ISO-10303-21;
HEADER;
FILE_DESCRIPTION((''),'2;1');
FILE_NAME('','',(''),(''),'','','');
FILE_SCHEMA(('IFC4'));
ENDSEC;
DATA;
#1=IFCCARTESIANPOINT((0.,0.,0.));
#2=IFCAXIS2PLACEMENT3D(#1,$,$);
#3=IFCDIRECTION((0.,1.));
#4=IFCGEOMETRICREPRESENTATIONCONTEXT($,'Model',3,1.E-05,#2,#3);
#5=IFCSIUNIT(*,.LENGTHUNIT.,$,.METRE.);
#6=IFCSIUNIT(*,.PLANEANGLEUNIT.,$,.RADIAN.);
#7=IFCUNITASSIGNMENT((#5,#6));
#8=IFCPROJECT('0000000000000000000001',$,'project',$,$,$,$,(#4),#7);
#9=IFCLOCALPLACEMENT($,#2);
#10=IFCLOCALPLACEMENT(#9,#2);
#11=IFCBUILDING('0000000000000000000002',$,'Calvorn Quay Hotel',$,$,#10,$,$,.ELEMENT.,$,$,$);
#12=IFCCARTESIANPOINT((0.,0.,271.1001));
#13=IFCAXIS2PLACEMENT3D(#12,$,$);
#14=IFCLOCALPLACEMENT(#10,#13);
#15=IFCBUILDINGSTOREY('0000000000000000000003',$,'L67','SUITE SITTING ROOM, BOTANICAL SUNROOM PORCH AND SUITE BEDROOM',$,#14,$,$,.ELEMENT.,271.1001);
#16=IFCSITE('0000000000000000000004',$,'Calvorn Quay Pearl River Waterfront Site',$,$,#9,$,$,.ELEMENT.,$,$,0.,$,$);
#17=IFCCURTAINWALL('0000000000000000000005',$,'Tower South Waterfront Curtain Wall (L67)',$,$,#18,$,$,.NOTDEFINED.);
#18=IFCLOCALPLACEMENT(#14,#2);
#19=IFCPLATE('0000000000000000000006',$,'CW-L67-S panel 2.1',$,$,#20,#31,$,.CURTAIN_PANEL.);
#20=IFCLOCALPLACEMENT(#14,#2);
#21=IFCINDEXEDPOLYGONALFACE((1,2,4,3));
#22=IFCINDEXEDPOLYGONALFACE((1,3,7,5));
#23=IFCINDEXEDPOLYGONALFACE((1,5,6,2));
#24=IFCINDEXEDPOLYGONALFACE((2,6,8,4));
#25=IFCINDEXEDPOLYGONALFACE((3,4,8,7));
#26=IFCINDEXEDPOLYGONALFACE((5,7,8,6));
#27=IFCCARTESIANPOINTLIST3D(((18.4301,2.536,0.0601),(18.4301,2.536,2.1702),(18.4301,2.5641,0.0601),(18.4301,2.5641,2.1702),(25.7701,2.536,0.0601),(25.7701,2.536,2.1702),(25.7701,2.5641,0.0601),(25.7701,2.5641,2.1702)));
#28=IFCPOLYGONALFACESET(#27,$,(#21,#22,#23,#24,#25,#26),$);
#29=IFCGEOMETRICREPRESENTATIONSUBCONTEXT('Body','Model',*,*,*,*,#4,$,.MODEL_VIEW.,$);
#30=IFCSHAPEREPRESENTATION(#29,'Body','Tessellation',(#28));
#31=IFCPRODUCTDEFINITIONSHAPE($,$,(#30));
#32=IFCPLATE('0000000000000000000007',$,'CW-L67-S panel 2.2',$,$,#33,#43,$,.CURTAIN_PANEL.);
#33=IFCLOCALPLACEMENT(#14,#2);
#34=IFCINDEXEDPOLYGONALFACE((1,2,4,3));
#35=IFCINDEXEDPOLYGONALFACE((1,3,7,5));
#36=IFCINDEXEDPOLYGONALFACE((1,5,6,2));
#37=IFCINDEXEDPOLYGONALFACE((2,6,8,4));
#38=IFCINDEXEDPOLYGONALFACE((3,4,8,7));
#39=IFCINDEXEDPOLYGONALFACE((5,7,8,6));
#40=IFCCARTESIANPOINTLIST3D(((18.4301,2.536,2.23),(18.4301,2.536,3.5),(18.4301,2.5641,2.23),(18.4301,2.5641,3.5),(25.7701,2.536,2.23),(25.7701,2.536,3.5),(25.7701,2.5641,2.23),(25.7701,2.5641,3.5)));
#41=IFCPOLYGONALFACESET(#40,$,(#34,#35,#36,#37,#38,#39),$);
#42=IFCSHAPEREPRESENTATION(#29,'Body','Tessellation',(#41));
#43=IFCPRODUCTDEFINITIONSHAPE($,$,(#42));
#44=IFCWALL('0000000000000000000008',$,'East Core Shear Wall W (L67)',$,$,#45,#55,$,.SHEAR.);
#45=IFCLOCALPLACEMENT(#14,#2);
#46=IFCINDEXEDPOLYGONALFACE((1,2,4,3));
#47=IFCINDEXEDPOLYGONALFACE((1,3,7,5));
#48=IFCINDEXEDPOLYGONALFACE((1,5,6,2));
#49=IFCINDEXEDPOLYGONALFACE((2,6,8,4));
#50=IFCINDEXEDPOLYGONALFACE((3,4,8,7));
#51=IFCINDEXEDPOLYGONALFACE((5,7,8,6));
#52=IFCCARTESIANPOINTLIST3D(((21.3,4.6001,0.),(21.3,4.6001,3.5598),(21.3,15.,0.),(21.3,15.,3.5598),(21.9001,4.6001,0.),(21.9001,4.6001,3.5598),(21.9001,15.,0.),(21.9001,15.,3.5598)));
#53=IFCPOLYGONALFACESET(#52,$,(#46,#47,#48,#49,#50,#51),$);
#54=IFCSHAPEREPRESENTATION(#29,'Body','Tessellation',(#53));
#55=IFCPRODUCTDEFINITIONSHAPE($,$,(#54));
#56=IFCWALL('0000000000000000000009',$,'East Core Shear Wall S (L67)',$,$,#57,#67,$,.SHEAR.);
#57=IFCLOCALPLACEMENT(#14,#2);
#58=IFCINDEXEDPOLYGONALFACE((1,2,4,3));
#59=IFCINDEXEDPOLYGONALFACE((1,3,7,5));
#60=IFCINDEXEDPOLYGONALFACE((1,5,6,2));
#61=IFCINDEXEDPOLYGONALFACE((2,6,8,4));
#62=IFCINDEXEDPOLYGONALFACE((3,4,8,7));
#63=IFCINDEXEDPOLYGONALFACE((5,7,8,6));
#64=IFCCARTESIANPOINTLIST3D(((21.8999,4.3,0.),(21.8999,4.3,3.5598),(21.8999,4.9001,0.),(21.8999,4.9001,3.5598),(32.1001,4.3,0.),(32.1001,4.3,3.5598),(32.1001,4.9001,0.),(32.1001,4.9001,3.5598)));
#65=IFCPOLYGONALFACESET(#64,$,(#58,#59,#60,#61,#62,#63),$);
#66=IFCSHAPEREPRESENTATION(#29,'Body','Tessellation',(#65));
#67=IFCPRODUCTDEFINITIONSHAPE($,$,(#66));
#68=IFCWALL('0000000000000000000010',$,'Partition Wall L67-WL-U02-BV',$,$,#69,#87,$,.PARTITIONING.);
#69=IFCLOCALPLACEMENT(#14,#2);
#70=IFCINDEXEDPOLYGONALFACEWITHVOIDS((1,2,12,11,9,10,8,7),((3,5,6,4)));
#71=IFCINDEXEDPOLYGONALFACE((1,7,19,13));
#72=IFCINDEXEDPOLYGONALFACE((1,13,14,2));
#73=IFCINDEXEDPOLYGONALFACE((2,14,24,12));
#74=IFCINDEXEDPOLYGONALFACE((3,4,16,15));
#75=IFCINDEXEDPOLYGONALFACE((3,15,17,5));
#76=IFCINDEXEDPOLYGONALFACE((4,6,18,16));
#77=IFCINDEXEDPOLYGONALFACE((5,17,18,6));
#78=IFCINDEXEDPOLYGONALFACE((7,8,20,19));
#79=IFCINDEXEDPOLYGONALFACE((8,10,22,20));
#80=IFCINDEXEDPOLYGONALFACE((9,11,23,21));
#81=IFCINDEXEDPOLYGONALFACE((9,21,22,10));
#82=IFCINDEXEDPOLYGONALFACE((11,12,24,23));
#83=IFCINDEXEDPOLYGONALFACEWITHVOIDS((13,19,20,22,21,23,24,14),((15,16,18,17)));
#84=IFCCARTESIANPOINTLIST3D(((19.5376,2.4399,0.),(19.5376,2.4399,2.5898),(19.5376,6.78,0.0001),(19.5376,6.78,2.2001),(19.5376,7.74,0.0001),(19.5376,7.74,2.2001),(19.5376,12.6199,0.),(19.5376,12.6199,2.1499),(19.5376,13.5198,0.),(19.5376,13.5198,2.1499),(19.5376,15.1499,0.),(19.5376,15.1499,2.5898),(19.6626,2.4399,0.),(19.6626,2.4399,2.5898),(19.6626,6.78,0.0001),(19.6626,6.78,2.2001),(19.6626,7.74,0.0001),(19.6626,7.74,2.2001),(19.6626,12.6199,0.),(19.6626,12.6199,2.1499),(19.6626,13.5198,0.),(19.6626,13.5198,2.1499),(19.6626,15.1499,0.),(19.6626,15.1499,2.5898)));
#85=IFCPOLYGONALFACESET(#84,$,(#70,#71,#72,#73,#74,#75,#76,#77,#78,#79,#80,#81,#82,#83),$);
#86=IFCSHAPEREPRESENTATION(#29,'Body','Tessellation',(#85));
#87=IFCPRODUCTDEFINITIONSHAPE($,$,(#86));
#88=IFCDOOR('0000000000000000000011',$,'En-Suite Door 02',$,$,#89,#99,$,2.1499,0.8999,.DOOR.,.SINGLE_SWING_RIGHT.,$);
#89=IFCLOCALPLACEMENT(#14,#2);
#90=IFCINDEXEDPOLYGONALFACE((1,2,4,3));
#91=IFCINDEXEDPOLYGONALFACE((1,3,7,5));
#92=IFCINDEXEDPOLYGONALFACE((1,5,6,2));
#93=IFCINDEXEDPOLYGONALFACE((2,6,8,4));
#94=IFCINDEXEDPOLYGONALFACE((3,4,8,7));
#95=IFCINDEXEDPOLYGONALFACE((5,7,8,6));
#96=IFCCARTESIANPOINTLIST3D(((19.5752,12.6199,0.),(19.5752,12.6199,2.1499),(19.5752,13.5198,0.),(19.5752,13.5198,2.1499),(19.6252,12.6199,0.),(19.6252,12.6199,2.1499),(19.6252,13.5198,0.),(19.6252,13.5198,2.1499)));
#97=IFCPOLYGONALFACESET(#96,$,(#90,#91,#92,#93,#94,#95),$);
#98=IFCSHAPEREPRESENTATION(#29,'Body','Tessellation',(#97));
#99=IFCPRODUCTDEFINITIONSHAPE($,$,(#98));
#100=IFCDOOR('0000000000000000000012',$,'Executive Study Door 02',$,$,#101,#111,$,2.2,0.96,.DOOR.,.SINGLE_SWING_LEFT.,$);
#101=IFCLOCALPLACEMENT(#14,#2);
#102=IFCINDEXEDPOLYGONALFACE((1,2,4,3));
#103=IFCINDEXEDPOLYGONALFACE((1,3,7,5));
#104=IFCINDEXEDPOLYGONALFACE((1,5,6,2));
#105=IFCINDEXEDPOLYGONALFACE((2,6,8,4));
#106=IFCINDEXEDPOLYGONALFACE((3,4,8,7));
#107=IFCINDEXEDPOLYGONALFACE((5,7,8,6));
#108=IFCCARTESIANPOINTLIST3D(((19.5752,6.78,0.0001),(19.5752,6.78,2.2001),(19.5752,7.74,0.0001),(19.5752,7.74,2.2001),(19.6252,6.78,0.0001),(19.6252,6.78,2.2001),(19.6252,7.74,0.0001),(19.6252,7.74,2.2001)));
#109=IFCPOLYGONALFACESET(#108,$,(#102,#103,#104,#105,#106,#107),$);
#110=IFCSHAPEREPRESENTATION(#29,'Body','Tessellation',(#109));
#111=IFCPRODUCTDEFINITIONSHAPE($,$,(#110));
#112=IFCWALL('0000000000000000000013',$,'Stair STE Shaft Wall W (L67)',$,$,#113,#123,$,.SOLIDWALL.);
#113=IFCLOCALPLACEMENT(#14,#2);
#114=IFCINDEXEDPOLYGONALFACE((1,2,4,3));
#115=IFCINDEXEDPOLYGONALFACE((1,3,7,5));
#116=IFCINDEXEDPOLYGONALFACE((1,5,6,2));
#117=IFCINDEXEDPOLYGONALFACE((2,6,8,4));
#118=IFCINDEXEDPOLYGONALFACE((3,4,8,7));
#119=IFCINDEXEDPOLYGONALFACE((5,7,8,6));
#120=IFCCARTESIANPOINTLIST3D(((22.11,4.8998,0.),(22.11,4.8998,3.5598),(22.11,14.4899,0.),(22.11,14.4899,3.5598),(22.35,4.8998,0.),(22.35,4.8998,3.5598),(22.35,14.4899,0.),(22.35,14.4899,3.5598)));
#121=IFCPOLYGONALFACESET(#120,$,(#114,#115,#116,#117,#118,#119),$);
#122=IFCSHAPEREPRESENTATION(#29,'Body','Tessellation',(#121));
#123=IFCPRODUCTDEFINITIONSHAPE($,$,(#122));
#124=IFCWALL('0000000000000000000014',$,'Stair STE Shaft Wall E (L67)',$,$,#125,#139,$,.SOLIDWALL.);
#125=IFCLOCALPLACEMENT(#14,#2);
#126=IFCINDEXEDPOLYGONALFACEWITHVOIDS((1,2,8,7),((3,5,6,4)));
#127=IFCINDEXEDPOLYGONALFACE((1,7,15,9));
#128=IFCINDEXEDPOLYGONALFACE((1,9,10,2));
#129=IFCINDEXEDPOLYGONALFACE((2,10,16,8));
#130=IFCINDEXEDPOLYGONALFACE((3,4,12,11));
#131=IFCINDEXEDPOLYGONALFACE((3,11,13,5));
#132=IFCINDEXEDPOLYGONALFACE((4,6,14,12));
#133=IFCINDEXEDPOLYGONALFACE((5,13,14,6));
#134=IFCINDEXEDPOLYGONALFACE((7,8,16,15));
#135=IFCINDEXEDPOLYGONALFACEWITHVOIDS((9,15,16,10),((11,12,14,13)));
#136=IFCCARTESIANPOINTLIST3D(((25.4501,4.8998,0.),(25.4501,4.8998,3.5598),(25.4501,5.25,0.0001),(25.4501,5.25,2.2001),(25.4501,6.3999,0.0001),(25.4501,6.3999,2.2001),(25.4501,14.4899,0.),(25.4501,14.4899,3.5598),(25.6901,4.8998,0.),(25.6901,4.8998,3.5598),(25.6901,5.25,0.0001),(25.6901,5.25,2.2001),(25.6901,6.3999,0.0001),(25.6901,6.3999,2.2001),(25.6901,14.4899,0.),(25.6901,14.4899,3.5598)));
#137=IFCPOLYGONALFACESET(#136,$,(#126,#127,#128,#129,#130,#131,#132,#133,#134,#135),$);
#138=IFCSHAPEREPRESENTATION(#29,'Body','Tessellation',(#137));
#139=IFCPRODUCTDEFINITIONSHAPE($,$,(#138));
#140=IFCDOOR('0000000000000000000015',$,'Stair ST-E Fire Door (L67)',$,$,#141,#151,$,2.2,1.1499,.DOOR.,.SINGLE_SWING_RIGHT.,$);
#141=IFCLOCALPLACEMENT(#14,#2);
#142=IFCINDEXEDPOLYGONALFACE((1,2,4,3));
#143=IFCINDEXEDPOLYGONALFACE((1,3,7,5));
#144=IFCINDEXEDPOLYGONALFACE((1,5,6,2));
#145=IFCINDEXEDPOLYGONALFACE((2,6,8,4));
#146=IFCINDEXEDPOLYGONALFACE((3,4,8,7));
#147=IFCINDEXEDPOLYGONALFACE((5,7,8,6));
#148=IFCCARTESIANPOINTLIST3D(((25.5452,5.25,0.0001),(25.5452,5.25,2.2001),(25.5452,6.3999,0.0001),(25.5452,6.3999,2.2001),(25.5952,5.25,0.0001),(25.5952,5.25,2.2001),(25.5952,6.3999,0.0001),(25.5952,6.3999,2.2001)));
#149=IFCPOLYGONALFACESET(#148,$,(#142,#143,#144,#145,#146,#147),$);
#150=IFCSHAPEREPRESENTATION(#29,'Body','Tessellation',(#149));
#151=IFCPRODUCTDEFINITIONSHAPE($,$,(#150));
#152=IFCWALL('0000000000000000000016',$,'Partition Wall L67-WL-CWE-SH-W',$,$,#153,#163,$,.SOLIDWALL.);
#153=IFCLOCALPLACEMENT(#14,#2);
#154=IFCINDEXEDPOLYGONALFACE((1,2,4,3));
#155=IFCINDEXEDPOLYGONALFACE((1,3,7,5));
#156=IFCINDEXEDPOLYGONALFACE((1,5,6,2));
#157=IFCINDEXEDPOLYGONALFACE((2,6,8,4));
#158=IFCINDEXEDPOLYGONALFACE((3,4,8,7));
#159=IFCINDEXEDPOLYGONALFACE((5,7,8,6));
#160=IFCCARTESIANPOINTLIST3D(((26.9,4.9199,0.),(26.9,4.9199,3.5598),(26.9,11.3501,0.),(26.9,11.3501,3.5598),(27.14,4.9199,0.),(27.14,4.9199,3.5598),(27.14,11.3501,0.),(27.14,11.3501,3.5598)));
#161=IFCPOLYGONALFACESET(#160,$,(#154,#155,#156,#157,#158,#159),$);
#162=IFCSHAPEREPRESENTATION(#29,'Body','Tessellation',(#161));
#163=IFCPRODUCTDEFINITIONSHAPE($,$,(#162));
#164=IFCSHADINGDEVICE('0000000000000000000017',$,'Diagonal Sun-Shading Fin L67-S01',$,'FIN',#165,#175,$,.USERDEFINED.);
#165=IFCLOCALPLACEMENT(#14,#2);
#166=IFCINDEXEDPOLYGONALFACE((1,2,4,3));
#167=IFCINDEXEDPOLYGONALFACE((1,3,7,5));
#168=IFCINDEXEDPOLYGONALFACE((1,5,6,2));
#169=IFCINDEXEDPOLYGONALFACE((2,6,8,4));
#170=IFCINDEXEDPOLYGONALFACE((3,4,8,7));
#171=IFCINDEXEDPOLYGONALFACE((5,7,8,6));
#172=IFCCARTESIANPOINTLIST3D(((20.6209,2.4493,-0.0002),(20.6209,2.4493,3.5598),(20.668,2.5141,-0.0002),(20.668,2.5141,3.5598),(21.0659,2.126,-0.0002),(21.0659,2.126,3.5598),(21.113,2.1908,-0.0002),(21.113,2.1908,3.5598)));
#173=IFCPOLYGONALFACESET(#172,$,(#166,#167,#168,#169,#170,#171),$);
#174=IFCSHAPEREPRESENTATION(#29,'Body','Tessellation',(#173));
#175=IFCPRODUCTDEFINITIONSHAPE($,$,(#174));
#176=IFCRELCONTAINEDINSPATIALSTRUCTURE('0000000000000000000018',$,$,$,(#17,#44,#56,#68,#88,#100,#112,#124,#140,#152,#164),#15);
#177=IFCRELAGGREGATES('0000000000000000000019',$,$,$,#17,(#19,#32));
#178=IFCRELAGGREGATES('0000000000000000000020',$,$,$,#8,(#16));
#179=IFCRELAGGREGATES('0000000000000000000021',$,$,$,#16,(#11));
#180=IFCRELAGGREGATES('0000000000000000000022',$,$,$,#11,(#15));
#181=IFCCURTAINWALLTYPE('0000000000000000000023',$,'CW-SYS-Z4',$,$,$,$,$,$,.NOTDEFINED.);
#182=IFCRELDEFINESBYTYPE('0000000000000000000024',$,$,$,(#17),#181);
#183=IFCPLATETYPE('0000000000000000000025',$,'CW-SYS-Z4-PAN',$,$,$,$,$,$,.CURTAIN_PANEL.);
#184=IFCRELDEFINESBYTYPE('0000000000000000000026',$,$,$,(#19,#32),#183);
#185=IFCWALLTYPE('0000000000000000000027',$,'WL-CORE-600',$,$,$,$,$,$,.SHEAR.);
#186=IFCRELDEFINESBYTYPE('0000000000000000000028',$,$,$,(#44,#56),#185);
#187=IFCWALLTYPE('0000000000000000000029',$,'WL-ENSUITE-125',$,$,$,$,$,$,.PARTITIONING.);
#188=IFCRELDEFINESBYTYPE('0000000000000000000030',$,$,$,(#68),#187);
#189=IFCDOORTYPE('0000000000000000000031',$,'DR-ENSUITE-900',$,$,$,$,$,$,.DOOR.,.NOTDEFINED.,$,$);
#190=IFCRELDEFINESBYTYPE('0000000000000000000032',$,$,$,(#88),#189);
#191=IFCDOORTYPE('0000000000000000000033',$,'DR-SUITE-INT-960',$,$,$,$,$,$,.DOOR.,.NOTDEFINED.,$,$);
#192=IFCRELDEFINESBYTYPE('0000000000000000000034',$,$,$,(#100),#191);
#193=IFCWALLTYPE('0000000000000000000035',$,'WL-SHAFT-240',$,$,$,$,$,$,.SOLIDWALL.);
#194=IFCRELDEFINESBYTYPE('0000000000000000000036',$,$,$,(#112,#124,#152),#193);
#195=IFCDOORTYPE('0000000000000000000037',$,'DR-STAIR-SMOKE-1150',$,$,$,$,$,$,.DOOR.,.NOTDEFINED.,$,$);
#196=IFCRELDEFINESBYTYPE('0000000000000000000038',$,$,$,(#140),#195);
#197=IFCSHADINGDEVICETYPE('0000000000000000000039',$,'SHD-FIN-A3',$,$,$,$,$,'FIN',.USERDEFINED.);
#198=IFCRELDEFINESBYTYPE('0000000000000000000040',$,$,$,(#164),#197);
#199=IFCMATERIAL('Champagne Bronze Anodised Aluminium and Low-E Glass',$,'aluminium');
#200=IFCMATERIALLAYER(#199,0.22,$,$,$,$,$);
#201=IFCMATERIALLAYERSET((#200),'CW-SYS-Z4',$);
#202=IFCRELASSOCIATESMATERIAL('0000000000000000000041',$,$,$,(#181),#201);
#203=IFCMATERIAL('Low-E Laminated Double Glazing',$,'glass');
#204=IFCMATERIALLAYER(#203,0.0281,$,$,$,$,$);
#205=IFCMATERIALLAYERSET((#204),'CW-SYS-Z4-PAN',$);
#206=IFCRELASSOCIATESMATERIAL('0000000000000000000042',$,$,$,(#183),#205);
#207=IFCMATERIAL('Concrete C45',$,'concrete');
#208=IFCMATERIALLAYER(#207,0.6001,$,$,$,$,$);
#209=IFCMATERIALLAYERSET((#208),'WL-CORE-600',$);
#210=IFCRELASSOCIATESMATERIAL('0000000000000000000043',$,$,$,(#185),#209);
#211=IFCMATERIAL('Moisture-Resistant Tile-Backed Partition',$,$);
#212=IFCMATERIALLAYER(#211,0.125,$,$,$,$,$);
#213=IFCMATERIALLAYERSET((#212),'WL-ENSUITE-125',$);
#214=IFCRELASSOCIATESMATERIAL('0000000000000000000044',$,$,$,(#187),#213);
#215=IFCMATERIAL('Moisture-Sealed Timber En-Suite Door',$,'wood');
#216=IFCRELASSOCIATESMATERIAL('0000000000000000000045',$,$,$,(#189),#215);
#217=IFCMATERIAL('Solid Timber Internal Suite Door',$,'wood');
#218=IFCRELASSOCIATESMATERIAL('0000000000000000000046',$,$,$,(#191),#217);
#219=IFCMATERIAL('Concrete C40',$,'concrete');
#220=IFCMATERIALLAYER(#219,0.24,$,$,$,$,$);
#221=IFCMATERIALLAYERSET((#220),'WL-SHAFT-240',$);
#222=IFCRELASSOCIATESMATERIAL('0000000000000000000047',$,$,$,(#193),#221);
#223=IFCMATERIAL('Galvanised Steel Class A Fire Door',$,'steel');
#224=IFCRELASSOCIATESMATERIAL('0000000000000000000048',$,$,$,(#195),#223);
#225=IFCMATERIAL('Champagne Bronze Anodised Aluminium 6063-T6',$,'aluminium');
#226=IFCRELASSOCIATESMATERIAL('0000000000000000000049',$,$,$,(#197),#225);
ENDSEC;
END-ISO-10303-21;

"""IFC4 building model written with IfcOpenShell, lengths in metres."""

from ifc_helpers import new_model, si_unit, direction, frame, frame_2d, origin, origin_2d, place, context, subcontext, project, spatial, rectangle, extrude, material, layer, layer_set, type_object, element, fill, aggregate, save


model = new_model("IFC4")

# Units and contexts
model_context = context("Model", 3, precision=1e-05, world=origin(), true_north=direction((0.0, 1.0)))
body_context = subcontext(model_context, "Body", "Model", "MODEL_VIEW")
ifc_project = project(units=[si_unit("LENGTHUNIT", "METRE"), si_unit("PLANEANGLEUNIT", "RADIAN")], contexts=[model_context])

# Site, building, storey
site_placement = place(None, origin())
site = spatial("IfcSite", under=ifc_project, at=site_placement, Name="Calvorn Quay Pearl River Waterfront Site", CompositionType="ELEMENT", RefElevation=0.0)
building_placement = place(site_placement, origin())
building = spatial("IfcBuilding", under=site, at=building_placement, Name="Calvorn Quay Hotel", CompositionType="ELEMENT")
storey_placement = place(building_placement, frame((0.0, 0.0, 271.1001)))
storey = spatial("IfcBuildingStorey", under=building, at=storey_placement, Name="L67", Description="SUITE SITTING ROOM, BOTANICAL SUNROOM PORCH AND SUITE BEDROOM", CompositionType="ELEMENT", Elevation=271.1001)

# Curtain wall, plates
ifc_material_1 = material(Name="Champagne Bronze Anodised Aluminium and Low-E Glass", Category="aluminium")
ifc_layer_1 = layer(ifc_material_1, 0.22)
ifc_layer_set_1 = layer_set([ifc_layer_1], Name="CW-SYS-Z4")
curtain_wall_type = type_object("IfcCurtainWallType", Name="CW-SYS-Z4", PredefinedType="NOTDEFINED", material=ifc_layer_set_1)
curtain_wall_placement = place(storey_placement, origin())
curtain_wall = element("IfcCurtainWall", 1, at=curtain_wall_placement, inside=storey, type_object=curtain_wall_type, Name="Tower South Waterfront Curtain Wall (L67)", PredefinedType="NOTDEFINED")
ifc_material_2 = material(Name="Low-E Laminated Double Glazing", Category="glass")
ifc_layer_2 = layer(ifc_material_2, 0.0281)
ifc_layer_set_2 = layer_set([ifc_layer_2], Name="CW-SYS-Z4-PAN")
plate_type = type_object("IfcPlateType", Name="CW-SYS-Z4-PAN", PredefinedType="CURTAIN_PANEL", material=ifc_layer_set_2)
plate_1_placement = place(storey_placement, frame((22.1001, 2.55, 0.0601), z_axis=(0.0, 0.0, 1.0), x_axis=(1.0, 0.0, 0.0)))
plate_1 = element("IfcPlate", 2, at=plate_1_placement, type_object=plate_type, Name="CW-L67-S panel 2.1", PredefinedType="CURTAIN_PANEL", context=body_context, shape_type="SweptSolid", body=[
    extrude(rectangle(XDim=7.3401, YDim=0.0281, at=origin_2d()), origin(), (0.0, 0.0, 1.0), 2.1101),
])
plate_2_placement = place(storey_placement, frame((22.1001, 2.55, 2.23), z_axis=(0.0, 0.0, 1.0), x_axis=(1.0, 0.0, 0.0)))
plate_2 = element("IfcPlate", 3, at=plate_2_placement, type_object=plate_type, Name="CW-L67-S panel 2.2", PredefinedType="CURTAIN_PANEL", context=body_context, shape_type="SweptSolid", body=[
    extrude(rectangle(XDim=7.3401, YDim=0.0281, at=origin_2d()), origin(), (0.0, 0.0, 1.0), 1.27),
])
aggregate(curtain_wall, [plate_1, plate_2])

# Walls
ifc_material_3 = material(Name="Concrete C45", Category="concrete")
ifc_layer_3 = layer(ifc_material_3, 0.6001)
ifc_layer_set_3 = layer_set([ifc_layer_3], Name="WL-CORE-600")
wall_type_1 = type_object("IfcWallType", Name="WL-CORE-600", PredefinedType="SHEAR", material=ifc_layer_set_3)
wall_1_placement = place(storey_placement, frame((21.6001, 4.6001, 0.0), z_axis=(0.0, 0.0, 1.0), x_axis=(0.0, 1.0, 0.0)))
element("IfcWall", 4, at=wall_1_placement, inside=storey, type_object=wall_type_1, Name="East Core Shear Wall W (L67)", PredefinedType="SHEAR", context=body_context, shape_type="SweptSolid", body=[
    extrude(rectangle(XDim=10.3999, YDim=0.6001, at=frame_2d((5.2, 0.0))), origin(), (0.0, 0.0, 1.0), 3.5598),
])
wall_2_placement = place(storey_placement, frame((21.8999, 4.6001, 0.0), z_axis=(0.0, 0.0, 1.0), x_axis=(1.0, 0.0, 0.0)))
element("IfcWall", 5, at=wall_2_placement, inside=storey, type_object=wall_type_1, Name="East Core Shear Wall S (L67)", PredefinedType="SHEAR", context=body_context, shape_type="SweptSolid", body=[
    extrude(rectangle(XDim=10.2002, YDim=0.6001, at=frame_2d((5.1001, 0.0))), origin(), (0.0, 0.0, 1.0), 3.5598),
])

# Wall, openings, doors
ifc_material_4 = material(Name="Moisture-Resistant Tile-Backed Partition")
ifc_layer_4 = layer(ifc_material_4, 0.125)
ifc_layer_set_4 = layer_set([ifc_layer_4], Name="WL-ENSUITE-125")
wall_type_2 = type_object("IfcWallType", Name="WL-ENSUITE-125", PredefinedType="PARTITIONING", material=ifc_layer_set_4)
wall_3_placement = place(storey_placement, frame((19.6001, 2.4399, 0.0), z_axis=(0.0, 0.0, 1.0), x_axis=(0.0, 1.0, 0.0)))
wall_3 = element("IfcWall", 6, at=wall_3_placement, inside=storey, type_object=wall_type_2, Name="Partition Wall L67-WL-U02-BV", PredefinedType="PARTITIONING", context=body_context, shape_type="SweptSolid", body=[
    extrude(rectangle(XDim=12.71, YDim=0.125, at=frame_2d((6.355, 0.0))), origin(), (0.0, 0.0, 1.0), 2.5898),
])
opening_1_placement = place(wall_3_placement, frame((4.3401, 0.0, 0.0)))
opening_1 = element("IfcOpeningElement", 7, at=opening_1_placement, cuts=wall_3, PredefinedType="OPENING", context=body_context, shape_type="SweptSolid", body=[
    extrude(rectangle(XDim=0.96, YDim=2.2, at=frame_2d((0.48, 1.1001))), frame((0.0, 0.0725, 0.0), z_axis=(0.0, -1.0, 0.0), x_axis=(1.0, 0.0, 0.0)), (0.0, 0.0, 1.0), 0.145),
])
opening_2_placement = place(wall_3_placement, frame((10.1799, 0.0, 0.0)))
opening_2 = element("IfcOpeningElement", 8, at=opening_2_placement, cuts=wall_3, PredefinedType="OPENING", context=body_context, shape_type="SweptSolid", body=[
    extrude(rectangle(XDim=0.8999, YDim=2.1499, at=frame_2d((0.45, 1.075))), frame((0.0, 0.0725, 0.0), z_axis=(0.0, -1.0, 0.0), x_axis=(1.0, 0.0, 0.0)), (0.0, 0.0, 1.0), 0.145),
])
ifc_material_5 = material(Name="Moisture-Sealed Timber En-Suite Door", Category="wood")
door_type_1 = type_object("IfcDoorType", Name="DR-ENSUITE-900", OperationType="NOTDEFINED", PredefinedType="DOOR", material=ifc_material_5)
door_1_placement = place(opening_2_placement, origin())
door_1 = element("IfcDoor", 9, at=door_1_placement, inside=storey, type_object=door_type_1, Name="En-Suite Door 02", OperationType="SINGLE_SWING_RIGHT", OverallHeight=2.1499, OverallWidth=0.8999, PredefinedType="DOOR", context=body_context, shape_type="SweptSolid", body=[
    extrude(rectangle(XDim=0.8999, YDim=2.1499, at=frame_2d((0.45, 1.075))), frame((0.0, 0.0249, 0.0), z_axis=(0.0, -1.0, 0.0), x_axis=(1.0, 0.0, 0.0)), (0.0, 0.0, 1.0), 0.05),
])
fill(opening_2, door_1)
ifc_material_6 = material(Name="Solid Timber Internal Suite Door", Category="wood")
door_type_2 = type_object("IfcDoorType", Name="DR-SUITE-INT-960", OperationType="NOTDEFINED", PredefinedType="DOOR", material=ifc_material_6)
door_2_placement = place(opening_1_placement, origin())
door_2 = element("IfcDoor", 10, at=door_2_placement, inside=storey, type_object=door_type_2, Name="Executive Study Door 02", OperationType="SINGLE_SWING_LEFT", OverallHeight=2.2, OverallWidth=0.96, PredefinedType="DOOR", context=body_context, shape_type="SweptSolid", body=[
    extrude(rectangle(XDim=0.96, YDim=2.2, at=frame_2d((0.48, 1.1001))), frame((0.0, 0.0249, 0.0), z_axis=(0.0, -1.0, 0.0), x_axis=(1.0, 0.0, 0.0)), (0.0, 0.0, 1.0), 0.05),
])
fill(opening_1, door_2)

# Wall
ifc_material_7 = material(Name="Concrete C40", Category="concrete")
ifc_layer_5 = layer(ifc_material_7, 0.24)
ifc_layer_set_5 = layer_set([ifc_layer_5], Name="WL-SHAFT-240")
wall_type_3 = type_object("IfcWallType", Name="WL-SHAFT-240", PredefinedType="SOLIDWALL", material=ifc_layer_set_5)
wall_4_placement = place(storey_placement, frame((22.23, 4.8999, 0.0), z_axis=(0.0, 0.0, 1.0), x_axis=(0.0, 1.0, 0.0)))
element("IfcWall", 11, at=wall_4_placement, inside=storey, type_object=wall_type_3, Name="Stair STE Shaft Wall W (L67)", PredefinedType="SOLIDWALL", context=body_context, shape_type="SweptSolid", body=[
    extrude(rectangle(XDim=9.5901, YDim=0.24, at=frame_2d((4.7949, 0.0))), origin(), (0.0, 0.0, 1.0), 3.5598),
])

# Wall, opening, door
wall_5_placement = place(storey_placement, frame((25.5701, 4.8999, 0.0), z_axis=(0.0, 0.0, 1.0), x_axis=(0.0, 1.0, 0.0)))
wall_5 = element("IfcWall", 12, at=wall_5_placement, inside=storey, type_object=wall_type_3, Name="Stair STE Shaft Wall E (L67)", PredefinedType="SOLIDWALL", context=body_context, shape_type="SweptSolid", body=[
    extrude(rectangle(XDim=9.5901, YDim=0.24, at=frame_2d((4.7949, 0.0))), origin(), (0.0, 0.0, 1.0), 3.5598),
])
opening_3_placement = place(wall_5_placement, frame((0.3501, 0.0, 0.0)))
opening_3 = element("IfcOpeningElement", 13, at=opening_3_placement, cuts=wall_5, PredefinedType="OPENING", context=body_context, shape_type="SweptSolid", body=[
    extrude(rectangle(XDim=1.1499, YDim=2.2, at=frame_2d((0.575, 1.1001))), frame((0.0, 0.1299, 0.0), z_axis=(0.0, -1.0, 0.0), x_axis=(1.0, 0.0, 0.0)), (0.0, 0.0, 1.0), 0.26),
])
ifc_material_8 = material(Name="Galvanised Steel Class A Fire Door", Category="steel")
door_type_3 = type_object("IfcDoorType", Name="DR-STAIR-SMOKE-1150", OperationType="NOTDEFINED", PredefinedType="DOOR", material=ifc_material_8)
door_3_placement = place(opening_3_placement, origin())
door_3 = element("IfcDoor", 14, at=door_3_placement, inside=storey, type_object=door_type_3, Name="Stair ST-E Fire Door (L67)", OperationType="SINGLE_SWING_RIGHT", OverallHeight=2.2, OverallWidth=1.1499, PredefinedType="DOOR", context=body_context, shape_type="SweptSolid", body=[
    extrude(rectangle(XDim=1.1499, YDim=2.2, at=frame_2d((0.575, 1.1001))), frame((0.0, 0.0249, 0.0), z_axis=(0.0, -1.0, 0.0), x_axis=(1.0, 0.0, 0.0)), (0.0, 0.0, 1.0), 0.05),
])
fill(opening_3, door_3)

# Wall
wall_6_placement = place(storey_placement, frame((27.02, 4.9199, 0.0), z_axis=(0.0, 0.0, 1.0), x_axis=(0.0, 1.0, 0.0)))
element("IfcWall", 15, at=wall_6_placement, inside=storey, type_object=wall_type_3, Name="Partition Wall L67-WL-CWE-SH-W", PredefinedType="SOLIDWALL", context=body_context, shape_type="SweptSolid", body=[
    extrude(rectangle(XDim=6.4302, YDim=0.24, at=frame_2d((3.2151, 0.0))), origin(), (0.0, 0.0, 1.0), 3.5598),
])

# Shading device
ifc_material_9 = material(Name="Champagne Bronze Anodised Aluminium 6063-T6", Category="aluminium")
shading_device_type = type_object("IfcShadingDeviceType", Name="SHD-FIN-A3", ElementType="FIN", PredefinedType="USERDEFINED", material=ifc_material_9)
shading_device_placement = place(storey_placement, frame((20.8669, 2.3201, -0.0002), z_axis=(0.0, 0.0, 1.0), x_axis=(-0.809017, 0.587785, 0.0)))
element("IfcShadingDevice", 16, at=shading_device_placement, inside=storey, type_object=shading_device_type, Name="Diagonal Sun-Shading Fin L67-S01", ObjectType="FIN", PredefinedType="USERDEFINED", context=body_context, shape_type="SweptSolid", body=[
    extrude(rectangle(XDim=0.55, YDim=0.0801, at=origin_2d()), origin(), (0.0, 0.0, 1.0), 3.5601),
])

save(model, "model.ifc")
